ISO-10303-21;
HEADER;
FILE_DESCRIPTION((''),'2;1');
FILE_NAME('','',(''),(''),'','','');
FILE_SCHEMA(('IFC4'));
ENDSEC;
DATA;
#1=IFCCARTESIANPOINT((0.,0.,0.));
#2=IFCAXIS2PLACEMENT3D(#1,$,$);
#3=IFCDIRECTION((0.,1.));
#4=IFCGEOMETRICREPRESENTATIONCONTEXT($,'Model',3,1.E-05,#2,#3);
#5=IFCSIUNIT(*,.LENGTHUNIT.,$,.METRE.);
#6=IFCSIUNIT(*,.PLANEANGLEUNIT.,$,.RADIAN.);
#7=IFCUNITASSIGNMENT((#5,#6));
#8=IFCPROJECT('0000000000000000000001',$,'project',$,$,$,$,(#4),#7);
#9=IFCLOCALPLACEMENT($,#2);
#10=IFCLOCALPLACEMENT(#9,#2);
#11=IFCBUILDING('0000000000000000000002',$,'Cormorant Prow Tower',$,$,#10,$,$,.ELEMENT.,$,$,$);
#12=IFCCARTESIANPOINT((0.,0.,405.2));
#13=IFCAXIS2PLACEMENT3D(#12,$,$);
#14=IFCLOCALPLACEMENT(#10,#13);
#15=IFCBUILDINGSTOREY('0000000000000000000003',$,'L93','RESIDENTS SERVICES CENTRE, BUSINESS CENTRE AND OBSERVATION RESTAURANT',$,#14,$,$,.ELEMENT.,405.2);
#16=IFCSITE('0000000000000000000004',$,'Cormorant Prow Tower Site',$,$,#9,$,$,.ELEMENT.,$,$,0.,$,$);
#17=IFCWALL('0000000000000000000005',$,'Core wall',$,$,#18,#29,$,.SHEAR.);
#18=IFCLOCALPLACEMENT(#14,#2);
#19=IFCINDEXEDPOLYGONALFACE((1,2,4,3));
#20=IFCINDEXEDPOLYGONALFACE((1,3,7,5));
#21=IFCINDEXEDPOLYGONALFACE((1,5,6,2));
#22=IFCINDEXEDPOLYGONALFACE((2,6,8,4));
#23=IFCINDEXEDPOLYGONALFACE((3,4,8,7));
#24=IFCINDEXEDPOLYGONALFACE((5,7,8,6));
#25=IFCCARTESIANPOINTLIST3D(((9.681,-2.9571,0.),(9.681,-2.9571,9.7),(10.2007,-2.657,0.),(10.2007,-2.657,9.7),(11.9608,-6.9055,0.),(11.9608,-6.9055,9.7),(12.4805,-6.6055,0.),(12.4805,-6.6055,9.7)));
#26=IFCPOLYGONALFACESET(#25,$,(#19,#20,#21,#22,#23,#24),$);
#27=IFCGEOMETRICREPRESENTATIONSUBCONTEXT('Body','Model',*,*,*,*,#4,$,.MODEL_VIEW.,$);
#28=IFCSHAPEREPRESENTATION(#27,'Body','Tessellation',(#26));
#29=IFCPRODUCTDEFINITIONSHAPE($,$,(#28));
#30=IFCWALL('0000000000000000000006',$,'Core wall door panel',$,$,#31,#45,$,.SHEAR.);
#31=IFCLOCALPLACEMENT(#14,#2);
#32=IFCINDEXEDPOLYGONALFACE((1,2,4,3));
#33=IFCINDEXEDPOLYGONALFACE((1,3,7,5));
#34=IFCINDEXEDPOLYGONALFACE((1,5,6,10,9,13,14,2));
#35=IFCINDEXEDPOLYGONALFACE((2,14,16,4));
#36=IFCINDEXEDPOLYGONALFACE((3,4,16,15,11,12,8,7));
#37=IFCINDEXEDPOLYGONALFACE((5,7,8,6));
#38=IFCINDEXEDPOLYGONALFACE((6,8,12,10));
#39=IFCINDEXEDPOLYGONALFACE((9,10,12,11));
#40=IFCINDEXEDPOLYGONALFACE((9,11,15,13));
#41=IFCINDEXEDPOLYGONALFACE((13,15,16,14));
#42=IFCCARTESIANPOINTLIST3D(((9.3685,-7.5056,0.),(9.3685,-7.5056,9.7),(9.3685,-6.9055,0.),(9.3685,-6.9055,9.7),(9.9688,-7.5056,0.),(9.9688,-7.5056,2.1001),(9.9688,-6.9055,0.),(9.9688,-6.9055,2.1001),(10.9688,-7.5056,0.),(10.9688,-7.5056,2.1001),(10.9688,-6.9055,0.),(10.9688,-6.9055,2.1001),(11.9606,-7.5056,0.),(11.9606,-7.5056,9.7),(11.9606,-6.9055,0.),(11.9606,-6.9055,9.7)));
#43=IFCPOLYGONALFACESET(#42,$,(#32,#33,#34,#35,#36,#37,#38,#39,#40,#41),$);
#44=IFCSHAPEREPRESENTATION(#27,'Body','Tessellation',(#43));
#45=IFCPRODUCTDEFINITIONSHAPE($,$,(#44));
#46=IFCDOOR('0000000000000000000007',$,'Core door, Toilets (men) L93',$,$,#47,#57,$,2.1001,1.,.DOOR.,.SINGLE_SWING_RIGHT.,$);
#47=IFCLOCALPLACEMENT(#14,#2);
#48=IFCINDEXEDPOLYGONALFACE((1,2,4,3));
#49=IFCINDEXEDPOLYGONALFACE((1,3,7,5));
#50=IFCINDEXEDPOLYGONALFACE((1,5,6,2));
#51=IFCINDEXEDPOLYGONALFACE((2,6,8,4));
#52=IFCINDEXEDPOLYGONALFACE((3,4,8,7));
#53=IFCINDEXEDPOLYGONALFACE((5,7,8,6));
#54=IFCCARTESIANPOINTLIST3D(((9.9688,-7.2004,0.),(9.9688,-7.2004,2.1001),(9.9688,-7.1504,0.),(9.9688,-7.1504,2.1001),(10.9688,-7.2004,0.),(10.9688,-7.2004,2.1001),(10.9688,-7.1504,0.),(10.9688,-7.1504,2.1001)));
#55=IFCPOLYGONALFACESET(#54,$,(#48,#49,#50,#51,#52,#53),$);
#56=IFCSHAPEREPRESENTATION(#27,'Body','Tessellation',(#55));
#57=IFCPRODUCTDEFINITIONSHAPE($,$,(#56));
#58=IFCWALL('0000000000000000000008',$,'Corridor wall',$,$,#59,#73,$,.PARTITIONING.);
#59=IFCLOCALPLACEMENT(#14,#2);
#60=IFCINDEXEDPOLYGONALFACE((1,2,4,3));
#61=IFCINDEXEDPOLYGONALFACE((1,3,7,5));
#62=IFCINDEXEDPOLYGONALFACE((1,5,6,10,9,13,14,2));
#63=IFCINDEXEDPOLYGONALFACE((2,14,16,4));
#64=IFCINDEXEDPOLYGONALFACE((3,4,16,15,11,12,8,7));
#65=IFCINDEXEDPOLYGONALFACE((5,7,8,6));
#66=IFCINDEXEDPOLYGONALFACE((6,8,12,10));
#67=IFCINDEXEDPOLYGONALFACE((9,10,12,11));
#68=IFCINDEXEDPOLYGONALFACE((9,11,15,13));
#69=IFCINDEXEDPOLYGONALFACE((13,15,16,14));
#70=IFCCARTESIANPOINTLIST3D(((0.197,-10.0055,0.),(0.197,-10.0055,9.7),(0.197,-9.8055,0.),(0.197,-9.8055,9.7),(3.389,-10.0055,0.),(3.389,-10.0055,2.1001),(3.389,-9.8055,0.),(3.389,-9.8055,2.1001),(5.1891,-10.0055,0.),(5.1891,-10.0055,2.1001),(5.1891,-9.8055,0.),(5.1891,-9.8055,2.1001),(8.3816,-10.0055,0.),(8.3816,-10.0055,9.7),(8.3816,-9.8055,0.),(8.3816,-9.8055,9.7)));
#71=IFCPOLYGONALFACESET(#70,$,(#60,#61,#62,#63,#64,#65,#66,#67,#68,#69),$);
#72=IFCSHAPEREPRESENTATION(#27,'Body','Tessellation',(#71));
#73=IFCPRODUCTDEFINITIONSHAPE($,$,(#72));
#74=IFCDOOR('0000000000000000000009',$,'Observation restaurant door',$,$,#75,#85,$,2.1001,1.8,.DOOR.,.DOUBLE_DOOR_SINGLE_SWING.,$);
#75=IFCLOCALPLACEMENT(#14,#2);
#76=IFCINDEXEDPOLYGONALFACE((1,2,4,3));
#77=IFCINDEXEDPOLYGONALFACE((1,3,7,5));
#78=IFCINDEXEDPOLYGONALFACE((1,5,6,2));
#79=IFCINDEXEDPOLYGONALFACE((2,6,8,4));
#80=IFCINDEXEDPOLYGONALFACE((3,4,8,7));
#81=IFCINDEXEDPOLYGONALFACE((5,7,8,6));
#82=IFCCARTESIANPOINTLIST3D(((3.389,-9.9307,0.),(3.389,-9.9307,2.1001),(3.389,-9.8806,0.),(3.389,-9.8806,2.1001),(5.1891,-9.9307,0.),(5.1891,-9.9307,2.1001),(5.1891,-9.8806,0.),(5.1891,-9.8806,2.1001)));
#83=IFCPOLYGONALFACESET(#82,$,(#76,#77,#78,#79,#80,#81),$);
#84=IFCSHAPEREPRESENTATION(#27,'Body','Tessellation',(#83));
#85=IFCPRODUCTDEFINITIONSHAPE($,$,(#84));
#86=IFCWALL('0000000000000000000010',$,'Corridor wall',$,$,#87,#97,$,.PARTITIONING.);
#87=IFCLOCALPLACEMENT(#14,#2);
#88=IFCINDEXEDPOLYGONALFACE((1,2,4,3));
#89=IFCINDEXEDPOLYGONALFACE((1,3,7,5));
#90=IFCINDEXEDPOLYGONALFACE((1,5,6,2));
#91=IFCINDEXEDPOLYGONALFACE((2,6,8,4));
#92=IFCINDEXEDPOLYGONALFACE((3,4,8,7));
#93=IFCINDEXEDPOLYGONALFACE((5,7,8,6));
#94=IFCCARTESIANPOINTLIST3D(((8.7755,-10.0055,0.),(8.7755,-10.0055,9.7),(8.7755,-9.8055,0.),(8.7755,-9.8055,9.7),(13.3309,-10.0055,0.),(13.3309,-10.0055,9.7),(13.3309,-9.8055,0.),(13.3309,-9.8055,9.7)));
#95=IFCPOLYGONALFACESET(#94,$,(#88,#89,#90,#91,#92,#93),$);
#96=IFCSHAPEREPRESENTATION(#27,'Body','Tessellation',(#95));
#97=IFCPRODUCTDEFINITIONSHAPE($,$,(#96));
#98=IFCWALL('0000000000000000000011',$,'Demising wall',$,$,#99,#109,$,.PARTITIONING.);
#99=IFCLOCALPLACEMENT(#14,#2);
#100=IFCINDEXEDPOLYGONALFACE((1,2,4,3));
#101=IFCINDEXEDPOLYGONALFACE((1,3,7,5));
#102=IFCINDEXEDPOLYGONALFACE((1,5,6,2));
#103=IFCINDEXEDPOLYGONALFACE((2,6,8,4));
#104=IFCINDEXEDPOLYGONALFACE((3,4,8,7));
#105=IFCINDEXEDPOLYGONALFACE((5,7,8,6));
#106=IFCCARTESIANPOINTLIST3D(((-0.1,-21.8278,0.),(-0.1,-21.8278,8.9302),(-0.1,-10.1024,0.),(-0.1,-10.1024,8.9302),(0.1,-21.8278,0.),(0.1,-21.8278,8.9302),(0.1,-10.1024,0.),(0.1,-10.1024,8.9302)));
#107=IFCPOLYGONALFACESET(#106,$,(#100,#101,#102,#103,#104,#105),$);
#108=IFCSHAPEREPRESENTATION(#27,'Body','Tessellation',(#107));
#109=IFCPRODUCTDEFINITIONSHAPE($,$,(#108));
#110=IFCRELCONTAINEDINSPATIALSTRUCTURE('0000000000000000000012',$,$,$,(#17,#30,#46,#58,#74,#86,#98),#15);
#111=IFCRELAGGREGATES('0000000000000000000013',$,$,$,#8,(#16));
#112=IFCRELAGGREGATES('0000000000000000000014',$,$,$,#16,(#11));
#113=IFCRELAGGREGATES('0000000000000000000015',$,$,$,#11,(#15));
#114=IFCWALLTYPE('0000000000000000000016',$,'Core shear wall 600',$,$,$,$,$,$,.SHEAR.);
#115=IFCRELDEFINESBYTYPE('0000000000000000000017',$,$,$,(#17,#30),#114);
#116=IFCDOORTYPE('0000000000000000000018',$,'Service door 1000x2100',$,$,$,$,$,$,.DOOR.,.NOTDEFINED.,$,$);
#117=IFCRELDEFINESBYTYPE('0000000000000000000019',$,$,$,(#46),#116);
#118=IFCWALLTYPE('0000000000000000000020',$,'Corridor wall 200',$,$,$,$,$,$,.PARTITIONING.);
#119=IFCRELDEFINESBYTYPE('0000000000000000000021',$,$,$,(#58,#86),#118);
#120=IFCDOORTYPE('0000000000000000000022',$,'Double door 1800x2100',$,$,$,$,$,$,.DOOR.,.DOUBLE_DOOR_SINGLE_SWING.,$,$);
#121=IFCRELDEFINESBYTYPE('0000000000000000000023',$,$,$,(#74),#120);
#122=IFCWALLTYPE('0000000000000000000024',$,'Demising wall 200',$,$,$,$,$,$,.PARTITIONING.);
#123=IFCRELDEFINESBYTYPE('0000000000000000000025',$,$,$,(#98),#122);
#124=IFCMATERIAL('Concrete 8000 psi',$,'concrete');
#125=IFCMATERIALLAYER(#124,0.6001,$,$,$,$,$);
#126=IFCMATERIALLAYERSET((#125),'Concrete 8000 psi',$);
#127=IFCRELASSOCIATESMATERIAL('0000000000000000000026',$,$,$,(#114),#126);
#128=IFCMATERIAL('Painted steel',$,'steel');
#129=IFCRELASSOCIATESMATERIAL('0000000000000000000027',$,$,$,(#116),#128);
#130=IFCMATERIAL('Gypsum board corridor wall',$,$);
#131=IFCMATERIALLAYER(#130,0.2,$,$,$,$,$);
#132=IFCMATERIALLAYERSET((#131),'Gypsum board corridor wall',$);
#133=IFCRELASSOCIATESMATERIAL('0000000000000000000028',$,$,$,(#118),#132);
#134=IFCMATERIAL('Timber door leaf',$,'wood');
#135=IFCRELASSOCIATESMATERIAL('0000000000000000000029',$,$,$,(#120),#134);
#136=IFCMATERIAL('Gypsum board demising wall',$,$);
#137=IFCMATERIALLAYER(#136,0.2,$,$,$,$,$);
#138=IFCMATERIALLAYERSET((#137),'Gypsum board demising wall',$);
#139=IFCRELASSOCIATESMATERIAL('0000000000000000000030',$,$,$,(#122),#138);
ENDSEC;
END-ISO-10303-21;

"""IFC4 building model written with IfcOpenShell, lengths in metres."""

from ifc_helpers import new_model, si_unit, direction, frame, frame_2d, origin, place, context, subcontext, project, spatial, rectangle, extrude, material, layer, layer_set, type_object, element, fill, save


model = new_model("IFC4")

# Units and contexts
model_context = context("Model", 3, precision=1e-05, world=origin(), true_north=direction((0.0, 1.0)))
body_context = subcontext(model_context, "Body", "Model", "MODEL_VIEW")
ifc_project = project(units=[si_unit("LENGTHUNIT", "METRE"), si_unit("PLANEANGLEUNIT", "RADIAN")], contexts=[model_context])

# Site, building, storey
site_placement = place(None, origin())
site = spatial("IfcSite", under=ifc_project, at=site_placement, Name="Cormorant Prow Tower Site", CompositionType="ELEMENT", RefElevation=0.0)
building_placement = place(site_placement, origin())
building = spatial("IfcBuilding", under=site, at=building_placement, Name="Cormorant Prow Tower", CompositionType="ELEMENT")
storey_placement = place(building_placement, frame((0.0, 0.0, 405.2)))
storey = spatial("IfcBuildingStorey", under=building, at=storey_placement, Name="L93", Description="RESIDENTS SERVICES CENTRE, BUSINESS CENTRE AND OBSERVATION RESTAURANT", CompositionType="ELEMENT", Elevation=405.2)

# Wall
ifc_material_1 = material(Name="Concrete 8000 psi", Category="concrete")
ifc_layer_1 = layer(ifc_material_1, 0.6001)
ifc_layer_set_1 = layer_set([ifc_layer_1], Name="Concrete 8000 psi")
wall_type_1 = type_object("IfcWallType", Name="Core shear wall 600", PredefinedType="SHEAR", material=ifc_layer_set_1)
wall_1_placement = place(storey_placement, frame((12.2207, -6.7556, 0.0), z_axis=(0.0, 0.0, 1.0), x_axis=(-0.500021, 0.866013, 0.0)))
element("IfcWall", 1, at=wall_1_placement, inside=storey, type_object=wall_type_1, Name="Core wall", PredefinedType="SHEAR", context=body_context, shape_type="SweptSolid", body=[
    extrude(rectangle(XDim=4.5593, YDim=0.6001, at=frame_2d((2.2798, 0.0))), origin(), (0.0, 0.0, 1.0), 9.7),
])

# Walls, openings, doors
wall_2_placement = place(storey_placement, frame((9.3687, -7.2056, 0.0), z_axis=(0.0, 0.0, 1.0), x_axis=(1.0, 0.0, 0.0)))
wall_2 = element("IfcWall", 2, at=wall_2_placement, inside=storey, type_object=wall_type_1, Name="Core wall door panel", PredefinedType="SHEAR", context=body_context, shape_type="SweptSolid", body=[
    extrude(rectangle(XDim=2.592, YDim=0.6001, at=frame_2d((1.2959, 0.0))), origin(), (0.0, 0.0, 1.0), 9.7),
])
opening_1_placement = place(wall_2_placement, frame((0.6001, 0.0, 0.0)))
opening_1 = element("IfcOpeningElement", 3, at=opening_1_placement, cuts=wall_2, PredefinedType="OPENING", context=body_context, shape_type="SweptSolid", body=[
    extrude(rectangle(XDim=1.0, YDim=2.1001, at=frame_2d((0.5, 1.05))), frame((0.0, 0.3101, 0.0), z_axis=(0.0, -1.0, 0.0), x_axis=(1.0, 0.0, 0.0)), (0.0, 0.0, 1.0), 0.6201),
])
ifc_material_2 = material(Name="Painted steel", Category="steel")
door_type_1 = type_object("IfcDoorType", Name="Service door 1000x2100", OperationType="NOTDEFINED", PredefinedType="DOOR", material=ifc_material_2)
door_1_placement = place(opening_1_placement, origin())
door_1 = element("IfcDoor", 4, at=door_1_placement, inside=storey, type_object=door_type_1, Name="Core door, Toilets (men) L93", OperationType="SINGLE_SWING_RIGHT", OverallHeight=2.1001, OverallWidth=1.0, PredefinedType="DOOR", context=body_context, shape_type="SweptSolid", body=[
    extrude(rectangle(XDim=1.0, YDim=2.1001, at=frame_2d((0.5, 1.05))), frame((0.0, 0.0552, 0.0), z_axis=(0.0, -1.0, 0.0), x_axis=(1.0, 0.0, 0.0)), (0.0, 0.0, 1.0), 0.05),
])
fill(opening_1, door_1)
ifc_material_3 = material(Name="Gypsum board corridor wall")
ifc_layer_2 = layer(ifc_material_3, 0.2)
ifc_layer_set_2 = layer_set([ifc_layer_2], Name="Gypsum board corridor wall")
wall_type_2 = type_object("IfcWallType", Name="Corridor wall 200", PredefinedType="PARTITIONING", material=ifc_layer_set_2)
wall_3_placement = place(storey_placement, frame((0.197, -9.9055, 0.0), z_axis=(0.0, 0.0, 1.0), x_axis=(1.0, 0.0, 0.0)))
wall_3 = element("IfcWall", 5, at=wall_3_placement, inside=storey, type_object=wall_type_2, Name="Corridor wall", PredefinedType="PARTITIONING", context=body_context, shape_type="SweptSolid", body=[
    extrude(rectangle(XDim=8.1846, YDim=0.2, at=frame_2d((4.0923, 0.0))), origin(), (0.0, 0.0, 1.0), 9.7),
])
opening_2_placement = place(wall_3_placement, frame((3.1921, 0.0, 0.0)))
opening_2 = element("IfcOpeningElement", 6, at=opening_2_placement, cuts=wall_3, PredefinedType="OPENING", context=body_context, shape_type="SweptSolid", body=[
    extrude(rectangle(XDim=1.8, YDim=2.1001, at=frame_2d((0.8999, 1.05))), frame((0.0, 0.1099, 0.0), z_axis=(0.0, -1.0, 0.0), x_axis=(1.0, 0.0, 0.0)), (0.0, 0.0, 1.0), 0.22),
])
ifc_material_4 = material(Name="Timber door leaf", Category="wood")
door_type_2 = type_object("IfcDoorType", Name="Double door 1800x2100", OperationType="DOUBLE_DOOR_SINGLE_SWING", PredefinedType="DOOR", material=ifc_material_4)
door_2_placement = place(opening_2_placement, origin())
door_2 = element("IfcDoor", 7, at=door_2_placement, inside=storey, type_object=door_type_2, Name="Observation restaurant door", OperationType="DOUBLE_DOOR_SINGLE_SWING", OverallHeight=2.1001, OverallWidth=1.8, PredefinedType="DOOR", context=body_context, shape_type="SweptSolid", body=[
    extrude(rectangle(XDim=1.8, YDim=2.1001, at=frame_2d((0.8999, 1.05))), frame((0.0, 0.0249, 0.0), z_axis=(0.0, -1.0, 0.0), x_axis=(1.0, 0.0, 0.0)), (0.0, 0.0, 1.0), 0.05),
])
fill(opening_2, door_2)

# Walls
wall_4_placement = place(storey_placement, frame((8.7754, -9.9055, 0.0), z_axis=(0.0, 0.0, 1.0), x_axis=(1.0, 0.0, 0.0)))
element("IfcWall", 8, at=wall_4_placement, inside=storey, type_object=wall_type_2, Name="Corridor wall", PredefinedType="PARTITIONING", context=body_context, shape_type="SweptSolid", body=[
    extrude(rectangle(XDim=4.5554, YDim=0.2, at=frame_2d((2.2778, 0.0))), origin(), (0.0, 0.0, 1.0), 9.7),
])
ifc_material_5 = material(Name="Gypsum board demising wall")
ifc_layer_3 = layer(ifc_material_5, 0.2)
ifc_layer_set_3 = layer_set([ifc_layer_3], Name="Gypsum board demising wall")
wall_type_3 = type_object("IfcWallType", Name="Demising wall 200", PredefinedType="PARTITIONING", material=ifc_layer_set_3)
wall_5_placement = place(storey_placement, frame((0.0, -21.8279, 0.0), z_axis=(0.0, 0.0, 1.0), x_axis=(0.0, 1.0, 0.0)))
element("IfcWall", 9, at=wall_5_placement, inside=storey, type_object=wall_type_3, Name="Demising wall", PredefinedType="PARTITIONING", context=body_context, shape_type="SweptSolid", body=[
    extrude(rectangle(XDim=11.7253, YDim=0.2, at=frame_2d((5.8628, 0.0))), origin(), (0.0, 0.0, 1.0), 8.9302),
])

save(model, "model.ifc")
